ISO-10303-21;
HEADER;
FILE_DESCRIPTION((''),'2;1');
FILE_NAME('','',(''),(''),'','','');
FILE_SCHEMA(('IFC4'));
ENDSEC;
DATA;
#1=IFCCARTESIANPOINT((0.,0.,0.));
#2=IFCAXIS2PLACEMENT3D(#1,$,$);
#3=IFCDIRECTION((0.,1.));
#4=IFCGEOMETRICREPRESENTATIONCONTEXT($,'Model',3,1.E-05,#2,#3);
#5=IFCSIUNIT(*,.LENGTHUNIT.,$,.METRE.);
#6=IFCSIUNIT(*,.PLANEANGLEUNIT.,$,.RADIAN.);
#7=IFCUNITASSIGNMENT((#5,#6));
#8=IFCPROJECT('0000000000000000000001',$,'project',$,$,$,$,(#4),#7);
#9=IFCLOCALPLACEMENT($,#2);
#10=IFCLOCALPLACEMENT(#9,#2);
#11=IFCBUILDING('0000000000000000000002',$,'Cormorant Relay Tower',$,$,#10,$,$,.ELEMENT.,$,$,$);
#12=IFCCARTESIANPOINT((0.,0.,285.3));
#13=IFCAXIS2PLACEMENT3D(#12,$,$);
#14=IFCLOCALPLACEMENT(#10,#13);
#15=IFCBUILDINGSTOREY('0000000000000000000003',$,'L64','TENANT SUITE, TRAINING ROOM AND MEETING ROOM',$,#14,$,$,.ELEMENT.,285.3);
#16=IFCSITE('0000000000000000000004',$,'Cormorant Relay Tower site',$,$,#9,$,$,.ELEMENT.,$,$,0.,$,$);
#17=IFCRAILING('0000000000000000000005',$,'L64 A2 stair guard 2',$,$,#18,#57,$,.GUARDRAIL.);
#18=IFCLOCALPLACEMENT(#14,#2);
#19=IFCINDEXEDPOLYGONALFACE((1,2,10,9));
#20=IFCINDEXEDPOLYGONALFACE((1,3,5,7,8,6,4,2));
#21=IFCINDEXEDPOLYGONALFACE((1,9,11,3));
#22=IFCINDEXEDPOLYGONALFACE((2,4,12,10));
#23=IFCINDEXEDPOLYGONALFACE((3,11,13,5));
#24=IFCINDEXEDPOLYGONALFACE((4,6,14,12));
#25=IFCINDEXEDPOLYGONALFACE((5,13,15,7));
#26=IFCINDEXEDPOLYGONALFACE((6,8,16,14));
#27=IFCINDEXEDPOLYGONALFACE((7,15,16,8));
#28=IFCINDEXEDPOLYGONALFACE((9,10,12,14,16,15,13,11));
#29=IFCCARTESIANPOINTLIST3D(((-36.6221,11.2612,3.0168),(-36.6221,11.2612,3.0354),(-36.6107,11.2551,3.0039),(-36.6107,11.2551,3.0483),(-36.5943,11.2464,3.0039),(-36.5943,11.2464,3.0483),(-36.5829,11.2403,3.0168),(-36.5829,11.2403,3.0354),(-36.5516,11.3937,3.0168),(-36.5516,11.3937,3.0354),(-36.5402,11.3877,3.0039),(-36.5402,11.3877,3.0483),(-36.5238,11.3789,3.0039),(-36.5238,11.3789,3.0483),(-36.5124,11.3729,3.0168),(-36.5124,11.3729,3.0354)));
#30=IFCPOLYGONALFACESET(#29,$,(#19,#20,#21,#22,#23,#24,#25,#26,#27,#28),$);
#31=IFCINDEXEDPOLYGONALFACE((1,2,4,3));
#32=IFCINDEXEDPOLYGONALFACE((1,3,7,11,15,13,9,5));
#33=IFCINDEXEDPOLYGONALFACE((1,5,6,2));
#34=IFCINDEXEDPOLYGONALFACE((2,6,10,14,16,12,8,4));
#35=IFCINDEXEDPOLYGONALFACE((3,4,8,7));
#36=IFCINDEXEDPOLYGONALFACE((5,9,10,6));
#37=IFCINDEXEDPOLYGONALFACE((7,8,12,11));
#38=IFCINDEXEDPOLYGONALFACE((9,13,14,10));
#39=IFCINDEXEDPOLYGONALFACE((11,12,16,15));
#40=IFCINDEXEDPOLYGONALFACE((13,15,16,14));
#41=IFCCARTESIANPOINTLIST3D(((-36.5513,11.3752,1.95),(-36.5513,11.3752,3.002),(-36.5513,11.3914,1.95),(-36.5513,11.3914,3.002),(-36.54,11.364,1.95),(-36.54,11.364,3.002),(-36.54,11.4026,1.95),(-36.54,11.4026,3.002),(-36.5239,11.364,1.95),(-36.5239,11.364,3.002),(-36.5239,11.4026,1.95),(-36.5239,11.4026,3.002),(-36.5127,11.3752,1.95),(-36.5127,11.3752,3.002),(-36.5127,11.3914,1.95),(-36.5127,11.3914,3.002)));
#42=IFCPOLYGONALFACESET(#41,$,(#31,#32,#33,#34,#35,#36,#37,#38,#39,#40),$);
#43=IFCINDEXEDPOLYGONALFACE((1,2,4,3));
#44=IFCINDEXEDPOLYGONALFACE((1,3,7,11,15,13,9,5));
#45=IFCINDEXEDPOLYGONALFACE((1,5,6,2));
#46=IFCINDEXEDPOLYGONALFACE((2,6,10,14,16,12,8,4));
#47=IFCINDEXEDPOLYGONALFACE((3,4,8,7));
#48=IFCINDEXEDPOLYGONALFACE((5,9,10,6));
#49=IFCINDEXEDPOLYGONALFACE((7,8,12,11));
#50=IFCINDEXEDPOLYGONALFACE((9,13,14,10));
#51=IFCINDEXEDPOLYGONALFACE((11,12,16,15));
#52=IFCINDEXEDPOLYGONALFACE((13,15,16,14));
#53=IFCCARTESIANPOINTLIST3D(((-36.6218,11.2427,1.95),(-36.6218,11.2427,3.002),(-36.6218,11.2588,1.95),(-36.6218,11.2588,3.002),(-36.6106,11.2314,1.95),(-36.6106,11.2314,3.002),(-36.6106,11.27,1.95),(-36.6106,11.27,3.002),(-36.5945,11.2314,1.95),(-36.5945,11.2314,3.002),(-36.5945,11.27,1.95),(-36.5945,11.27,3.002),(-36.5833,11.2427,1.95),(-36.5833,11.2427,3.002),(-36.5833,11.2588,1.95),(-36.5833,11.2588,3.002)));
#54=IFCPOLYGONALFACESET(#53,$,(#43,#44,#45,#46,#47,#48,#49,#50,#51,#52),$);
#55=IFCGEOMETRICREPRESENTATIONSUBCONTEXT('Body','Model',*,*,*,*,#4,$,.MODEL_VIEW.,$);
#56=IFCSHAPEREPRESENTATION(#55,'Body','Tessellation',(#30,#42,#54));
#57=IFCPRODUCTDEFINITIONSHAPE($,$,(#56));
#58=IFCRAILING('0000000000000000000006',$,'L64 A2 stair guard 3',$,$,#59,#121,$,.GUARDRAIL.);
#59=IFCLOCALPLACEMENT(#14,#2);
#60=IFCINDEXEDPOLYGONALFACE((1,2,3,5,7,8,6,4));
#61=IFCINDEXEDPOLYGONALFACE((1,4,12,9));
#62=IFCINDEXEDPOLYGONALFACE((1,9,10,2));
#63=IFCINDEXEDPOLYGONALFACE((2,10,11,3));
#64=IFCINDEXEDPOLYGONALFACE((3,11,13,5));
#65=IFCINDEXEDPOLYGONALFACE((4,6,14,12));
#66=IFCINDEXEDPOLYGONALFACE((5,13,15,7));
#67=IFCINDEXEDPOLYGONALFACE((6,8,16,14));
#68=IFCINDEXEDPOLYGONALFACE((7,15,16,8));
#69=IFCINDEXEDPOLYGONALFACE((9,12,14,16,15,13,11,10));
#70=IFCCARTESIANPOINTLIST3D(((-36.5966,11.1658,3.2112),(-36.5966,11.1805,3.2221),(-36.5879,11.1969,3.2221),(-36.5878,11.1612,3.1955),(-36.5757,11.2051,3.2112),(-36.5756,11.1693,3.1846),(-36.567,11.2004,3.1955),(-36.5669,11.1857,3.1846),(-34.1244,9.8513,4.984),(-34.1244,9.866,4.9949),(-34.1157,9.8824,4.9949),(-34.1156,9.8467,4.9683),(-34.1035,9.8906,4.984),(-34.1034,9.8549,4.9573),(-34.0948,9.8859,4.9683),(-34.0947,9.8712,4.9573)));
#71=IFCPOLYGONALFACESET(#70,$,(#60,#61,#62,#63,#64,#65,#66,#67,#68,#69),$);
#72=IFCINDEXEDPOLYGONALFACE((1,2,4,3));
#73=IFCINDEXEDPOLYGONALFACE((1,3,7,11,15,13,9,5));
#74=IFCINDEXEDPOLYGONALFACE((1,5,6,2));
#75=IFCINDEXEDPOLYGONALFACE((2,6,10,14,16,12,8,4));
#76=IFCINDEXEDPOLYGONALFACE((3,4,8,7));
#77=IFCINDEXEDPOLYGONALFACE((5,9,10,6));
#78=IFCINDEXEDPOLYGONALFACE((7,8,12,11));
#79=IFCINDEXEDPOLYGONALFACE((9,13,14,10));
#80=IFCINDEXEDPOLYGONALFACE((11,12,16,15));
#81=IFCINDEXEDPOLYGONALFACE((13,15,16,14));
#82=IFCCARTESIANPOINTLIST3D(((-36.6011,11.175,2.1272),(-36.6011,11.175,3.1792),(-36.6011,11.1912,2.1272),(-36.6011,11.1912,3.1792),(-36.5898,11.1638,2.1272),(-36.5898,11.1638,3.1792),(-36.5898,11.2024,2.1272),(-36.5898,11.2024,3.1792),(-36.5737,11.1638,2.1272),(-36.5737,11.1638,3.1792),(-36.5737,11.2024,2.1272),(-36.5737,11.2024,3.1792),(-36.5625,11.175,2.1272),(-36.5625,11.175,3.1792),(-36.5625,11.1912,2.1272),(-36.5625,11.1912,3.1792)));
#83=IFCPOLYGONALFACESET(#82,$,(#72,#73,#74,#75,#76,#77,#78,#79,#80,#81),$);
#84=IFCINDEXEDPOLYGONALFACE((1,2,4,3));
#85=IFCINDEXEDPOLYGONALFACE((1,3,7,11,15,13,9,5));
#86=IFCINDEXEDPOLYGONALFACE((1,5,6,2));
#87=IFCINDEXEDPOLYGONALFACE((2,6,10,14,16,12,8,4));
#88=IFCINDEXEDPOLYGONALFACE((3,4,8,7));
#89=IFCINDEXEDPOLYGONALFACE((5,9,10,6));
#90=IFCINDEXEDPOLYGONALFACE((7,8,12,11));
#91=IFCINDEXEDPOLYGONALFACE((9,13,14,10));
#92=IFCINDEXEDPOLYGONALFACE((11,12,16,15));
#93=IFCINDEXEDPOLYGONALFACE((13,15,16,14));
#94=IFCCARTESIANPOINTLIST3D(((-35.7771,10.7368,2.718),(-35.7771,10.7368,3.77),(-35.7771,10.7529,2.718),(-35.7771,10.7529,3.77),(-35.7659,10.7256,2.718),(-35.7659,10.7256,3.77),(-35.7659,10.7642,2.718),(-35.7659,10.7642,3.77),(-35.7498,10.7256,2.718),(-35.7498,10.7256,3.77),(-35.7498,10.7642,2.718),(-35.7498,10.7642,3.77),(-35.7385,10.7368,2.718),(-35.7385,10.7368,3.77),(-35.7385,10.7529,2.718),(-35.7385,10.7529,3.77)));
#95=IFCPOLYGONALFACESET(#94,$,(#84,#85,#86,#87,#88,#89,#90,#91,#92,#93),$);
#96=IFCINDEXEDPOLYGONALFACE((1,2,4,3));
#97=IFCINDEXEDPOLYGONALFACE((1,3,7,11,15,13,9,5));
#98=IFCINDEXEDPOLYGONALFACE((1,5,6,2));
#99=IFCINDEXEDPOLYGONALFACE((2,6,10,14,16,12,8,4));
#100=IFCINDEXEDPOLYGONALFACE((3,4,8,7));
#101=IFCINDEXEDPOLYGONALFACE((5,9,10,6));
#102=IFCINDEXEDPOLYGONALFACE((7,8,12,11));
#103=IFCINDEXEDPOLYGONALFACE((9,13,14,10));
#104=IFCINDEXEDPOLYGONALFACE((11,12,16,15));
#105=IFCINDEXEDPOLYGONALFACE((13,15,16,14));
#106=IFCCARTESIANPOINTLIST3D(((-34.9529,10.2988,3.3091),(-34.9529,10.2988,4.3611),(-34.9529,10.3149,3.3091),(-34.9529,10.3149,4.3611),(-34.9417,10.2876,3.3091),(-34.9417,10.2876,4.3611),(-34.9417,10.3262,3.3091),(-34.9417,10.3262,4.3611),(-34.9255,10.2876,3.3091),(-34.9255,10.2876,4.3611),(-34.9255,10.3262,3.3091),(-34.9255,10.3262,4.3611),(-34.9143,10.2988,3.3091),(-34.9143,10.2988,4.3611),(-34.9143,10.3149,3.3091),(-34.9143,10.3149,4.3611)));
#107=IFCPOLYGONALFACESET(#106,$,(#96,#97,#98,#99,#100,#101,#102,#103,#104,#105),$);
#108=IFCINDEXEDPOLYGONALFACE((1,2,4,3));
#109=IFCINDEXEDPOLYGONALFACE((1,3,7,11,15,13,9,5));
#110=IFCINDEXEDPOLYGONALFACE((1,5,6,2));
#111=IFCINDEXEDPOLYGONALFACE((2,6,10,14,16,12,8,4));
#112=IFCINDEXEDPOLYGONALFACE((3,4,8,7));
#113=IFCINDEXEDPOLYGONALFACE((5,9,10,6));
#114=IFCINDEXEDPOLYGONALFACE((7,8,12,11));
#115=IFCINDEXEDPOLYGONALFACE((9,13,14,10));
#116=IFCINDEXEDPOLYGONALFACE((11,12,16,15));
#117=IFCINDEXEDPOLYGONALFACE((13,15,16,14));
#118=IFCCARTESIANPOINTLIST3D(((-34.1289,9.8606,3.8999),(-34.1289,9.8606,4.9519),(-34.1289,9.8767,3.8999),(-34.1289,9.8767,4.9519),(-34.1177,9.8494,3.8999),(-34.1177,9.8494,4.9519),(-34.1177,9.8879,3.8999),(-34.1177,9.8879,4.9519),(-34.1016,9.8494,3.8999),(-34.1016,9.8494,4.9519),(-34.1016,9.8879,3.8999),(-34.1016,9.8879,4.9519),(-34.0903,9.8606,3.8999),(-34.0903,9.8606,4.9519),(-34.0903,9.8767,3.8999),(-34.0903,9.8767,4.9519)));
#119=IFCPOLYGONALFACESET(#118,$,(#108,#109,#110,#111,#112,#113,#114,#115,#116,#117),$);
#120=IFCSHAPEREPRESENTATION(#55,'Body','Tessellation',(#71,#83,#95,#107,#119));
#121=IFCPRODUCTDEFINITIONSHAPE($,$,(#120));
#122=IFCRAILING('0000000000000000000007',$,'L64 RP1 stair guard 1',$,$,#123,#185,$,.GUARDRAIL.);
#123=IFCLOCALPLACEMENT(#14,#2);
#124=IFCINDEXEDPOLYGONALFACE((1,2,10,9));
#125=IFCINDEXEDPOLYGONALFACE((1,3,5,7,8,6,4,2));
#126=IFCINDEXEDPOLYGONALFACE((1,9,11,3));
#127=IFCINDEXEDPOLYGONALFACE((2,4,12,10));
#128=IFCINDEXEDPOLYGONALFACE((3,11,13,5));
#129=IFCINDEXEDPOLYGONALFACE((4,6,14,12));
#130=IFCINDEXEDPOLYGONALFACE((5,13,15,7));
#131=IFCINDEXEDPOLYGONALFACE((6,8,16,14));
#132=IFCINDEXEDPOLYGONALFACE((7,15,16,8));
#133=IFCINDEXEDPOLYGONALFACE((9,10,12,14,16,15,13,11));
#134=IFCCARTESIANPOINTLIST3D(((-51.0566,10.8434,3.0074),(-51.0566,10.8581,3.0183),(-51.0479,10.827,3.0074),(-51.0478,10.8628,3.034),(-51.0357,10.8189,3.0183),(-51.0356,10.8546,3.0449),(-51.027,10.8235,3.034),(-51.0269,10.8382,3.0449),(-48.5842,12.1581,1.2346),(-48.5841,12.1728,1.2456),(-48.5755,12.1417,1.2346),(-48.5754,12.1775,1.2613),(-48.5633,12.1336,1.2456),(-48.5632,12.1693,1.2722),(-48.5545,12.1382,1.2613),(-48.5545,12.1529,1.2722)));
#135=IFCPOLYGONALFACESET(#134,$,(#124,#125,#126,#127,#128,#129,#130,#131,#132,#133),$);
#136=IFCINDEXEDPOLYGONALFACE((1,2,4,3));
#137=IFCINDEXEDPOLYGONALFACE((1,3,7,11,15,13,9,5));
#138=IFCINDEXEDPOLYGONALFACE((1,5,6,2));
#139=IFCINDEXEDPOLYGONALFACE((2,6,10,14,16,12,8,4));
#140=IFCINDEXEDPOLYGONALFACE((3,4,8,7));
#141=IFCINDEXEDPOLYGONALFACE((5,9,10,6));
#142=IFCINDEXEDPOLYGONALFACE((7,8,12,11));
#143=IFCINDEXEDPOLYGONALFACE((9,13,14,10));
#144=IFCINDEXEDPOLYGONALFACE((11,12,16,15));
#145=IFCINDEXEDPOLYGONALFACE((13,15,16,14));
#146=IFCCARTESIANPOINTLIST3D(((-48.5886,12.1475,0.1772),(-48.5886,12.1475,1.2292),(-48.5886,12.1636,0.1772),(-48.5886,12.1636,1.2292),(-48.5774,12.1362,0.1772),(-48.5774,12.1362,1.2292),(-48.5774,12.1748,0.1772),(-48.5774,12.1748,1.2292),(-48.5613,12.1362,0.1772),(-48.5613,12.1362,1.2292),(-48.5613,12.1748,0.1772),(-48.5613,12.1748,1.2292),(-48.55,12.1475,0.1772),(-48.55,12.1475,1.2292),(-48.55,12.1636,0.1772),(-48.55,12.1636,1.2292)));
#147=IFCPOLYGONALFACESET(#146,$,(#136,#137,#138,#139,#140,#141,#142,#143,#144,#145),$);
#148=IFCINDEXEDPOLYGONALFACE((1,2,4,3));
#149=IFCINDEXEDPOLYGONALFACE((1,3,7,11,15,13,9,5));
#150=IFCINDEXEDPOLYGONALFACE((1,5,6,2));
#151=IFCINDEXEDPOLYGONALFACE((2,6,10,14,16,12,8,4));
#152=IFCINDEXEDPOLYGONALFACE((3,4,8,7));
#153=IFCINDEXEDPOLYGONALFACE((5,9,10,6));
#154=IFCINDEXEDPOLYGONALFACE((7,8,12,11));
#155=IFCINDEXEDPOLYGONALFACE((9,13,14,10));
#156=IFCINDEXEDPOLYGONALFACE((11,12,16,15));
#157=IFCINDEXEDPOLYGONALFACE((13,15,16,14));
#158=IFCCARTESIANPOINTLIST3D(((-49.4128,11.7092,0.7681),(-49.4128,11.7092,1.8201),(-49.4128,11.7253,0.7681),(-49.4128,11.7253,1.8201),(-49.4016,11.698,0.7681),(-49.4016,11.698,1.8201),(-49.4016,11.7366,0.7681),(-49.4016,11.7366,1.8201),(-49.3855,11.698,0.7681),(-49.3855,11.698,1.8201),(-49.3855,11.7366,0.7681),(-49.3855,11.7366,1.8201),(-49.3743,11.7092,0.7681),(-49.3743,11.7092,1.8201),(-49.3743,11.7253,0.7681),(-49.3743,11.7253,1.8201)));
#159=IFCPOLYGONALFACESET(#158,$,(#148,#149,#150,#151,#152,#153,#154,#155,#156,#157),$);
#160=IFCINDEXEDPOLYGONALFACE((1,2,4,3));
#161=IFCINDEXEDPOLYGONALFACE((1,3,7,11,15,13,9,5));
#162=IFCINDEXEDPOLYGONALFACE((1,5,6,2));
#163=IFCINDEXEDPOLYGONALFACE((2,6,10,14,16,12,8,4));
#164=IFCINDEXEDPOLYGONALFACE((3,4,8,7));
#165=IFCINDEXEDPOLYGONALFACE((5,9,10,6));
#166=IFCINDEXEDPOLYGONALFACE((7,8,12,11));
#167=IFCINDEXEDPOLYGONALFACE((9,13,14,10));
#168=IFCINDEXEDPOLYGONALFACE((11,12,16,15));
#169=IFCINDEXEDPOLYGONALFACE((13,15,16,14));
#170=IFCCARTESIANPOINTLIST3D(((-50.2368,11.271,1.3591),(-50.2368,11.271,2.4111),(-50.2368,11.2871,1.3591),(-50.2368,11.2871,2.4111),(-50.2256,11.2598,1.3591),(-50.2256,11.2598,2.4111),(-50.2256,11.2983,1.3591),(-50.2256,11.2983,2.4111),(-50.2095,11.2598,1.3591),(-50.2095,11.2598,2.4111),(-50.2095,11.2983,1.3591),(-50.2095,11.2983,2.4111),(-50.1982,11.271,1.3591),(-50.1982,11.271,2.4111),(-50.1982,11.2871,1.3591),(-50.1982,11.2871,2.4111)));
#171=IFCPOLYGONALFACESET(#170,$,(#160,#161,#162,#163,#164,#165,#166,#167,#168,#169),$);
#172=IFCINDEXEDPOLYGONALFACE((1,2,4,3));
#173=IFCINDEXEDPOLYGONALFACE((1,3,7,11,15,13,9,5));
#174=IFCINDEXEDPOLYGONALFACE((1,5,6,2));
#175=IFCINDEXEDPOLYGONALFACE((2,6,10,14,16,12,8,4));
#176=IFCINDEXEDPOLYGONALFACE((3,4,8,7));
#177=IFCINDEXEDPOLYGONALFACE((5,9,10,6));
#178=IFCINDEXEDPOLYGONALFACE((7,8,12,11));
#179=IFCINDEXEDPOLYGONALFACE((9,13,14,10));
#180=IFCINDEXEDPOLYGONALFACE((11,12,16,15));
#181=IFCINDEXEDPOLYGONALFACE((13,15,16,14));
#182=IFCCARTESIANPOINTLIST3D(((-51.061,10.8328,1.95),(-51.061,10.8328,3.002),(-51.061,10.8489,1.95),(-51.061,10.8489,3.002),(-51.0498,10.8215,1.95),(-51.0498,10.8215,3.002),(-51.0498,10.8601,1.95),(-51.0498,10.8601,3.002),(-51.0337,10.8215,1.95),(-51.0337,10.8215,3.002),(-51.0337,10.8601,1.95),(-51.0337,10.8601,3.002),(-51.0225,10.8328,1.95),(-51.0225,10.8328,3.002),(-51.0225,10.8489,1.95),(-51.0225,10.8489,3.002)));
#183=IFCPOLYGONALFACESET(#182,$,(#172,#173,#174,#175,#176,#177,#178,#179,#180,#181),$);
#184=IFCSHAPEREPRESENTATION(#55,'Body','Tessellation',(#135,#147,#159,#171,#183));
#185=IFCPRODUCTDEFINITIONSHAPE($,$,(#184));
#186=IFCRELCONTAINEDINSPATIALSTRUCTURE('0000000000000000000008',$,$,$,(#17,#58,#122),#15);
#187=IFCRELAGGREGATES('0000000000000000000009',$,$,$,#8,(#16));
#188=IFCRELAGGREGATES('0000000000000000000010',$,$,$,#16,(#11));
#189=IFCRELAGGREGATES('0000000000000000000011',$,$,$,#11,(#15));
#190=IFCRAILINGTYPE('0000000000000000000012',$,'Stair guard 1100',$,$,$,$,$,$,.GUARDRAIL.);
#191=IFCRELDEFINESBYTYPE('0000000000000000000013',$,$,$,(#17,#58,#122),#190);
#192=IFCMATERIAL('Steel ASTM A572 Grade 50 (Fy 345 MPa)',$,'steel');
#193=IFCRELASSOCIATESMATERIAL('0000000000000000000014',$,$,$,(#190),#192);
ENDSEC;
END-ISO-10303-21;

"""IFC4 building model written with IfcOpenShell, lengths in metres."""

from ifc_helpers import new_model, si_unit, direction, frame, origin, place, context, subcontext, project, spatial, polyline, outline, extrude, material, type_object, element, save


model = new_model("IFC4")

# Units and contexts
model_context = context("Model", 3, precision=1e-05, world=origin(), true_north=direction((0.0, 1.0)))
body_context = subcontext(model_context, "Body", "Model", "MODEL_VIEW")
ifc_project = project(units=[si_unit("LENGTHUNIT", "METRE"), si_unit("PLANEANGLEUNIT", "RADIAN")], contexts=[model_context])

# Site, building, storey
site_placement = place(None, origin())
site = spatial("IfcSite", under=ifc_project, at=site_placement, Name="Cormorant Relay Tower site", CompositionType="ELEMENT", RefElevation=0.0)
building_placement = place(site_placement, origin())
building = spatial("IfcBuilding", under=site, at=building_placement, Name="Cormorant Relay Tower", CompositionType="ELEMENT")
storey_placement = place(building_placement, frame((0.0, 0.0, 285.3)))
storey = spatial("IfcBuildingStorey", under=building, at=storey_placement, Name="L64", Description="TENANT SUITE, TRAINING ROOM AND MEETING ROOM", CompositionType="ELEMENT", Elevation=285.3)

# Railings
ifc_material_1 = material(Name="Steel ASTM A572 Grade 50 (Fy 345 MPa)", Category="steel")
railing_type_1 = type_object("IfcRailingType", Name="Stair guard 1100", PredefinedType="GUARDRAIL", material=ifc_material_1)
railing_1_placement = place(storey_placement, frame((-36.532, 11.3833, 1.95)))
element("IfcRailing", 1, at=railing_1_placement, inside=storey, type_object=railing_type_1, Name="L64 A2 stair guard 2", PredefinedType="GUARDRAIL", context=body_context, shape_type="SweptSolid", body=[
    extrude(outline(polyline([(0.0222, 0.0093), (0.0093, 0.0222), (-0.0093, 0.0222), (-0.0222, 0.0093), (-0.0222, -0.0093), (-0.0093, -0.0222), (0.0093, -0.0222), (0.0222, -0.0093), (0.0222, 0.0093)])), frame((0.0, 0.0, 1.0762), z_axis=(-0.469829, -0.882758, 0.0), x_axis=(0.882758, -0.469829, 0.0)), (0.0, 0.0, 1.0), 0.1501),
    extrude(outline(polyline([(0.0193, 0.0081), (0.0081, 0.0193), (-0.0081, 0.0193), (-0.0193, 0.0081), (-0.0193, -0.0081), (-0.0081, -0.0193), (0.0081, -0.0193), (0.0193, -0.0081), (0.0193, 0.0081)])), origin(), (0.0, 0.0, 1.0), 1.052),
    extrude(outline(polyline([(0.0193, 0.0081), (0.0081, 0.0193), (-0.0081, 0.0193), (-0.0193, 0.0081), (-0.0193, -0.0081), (-0.0081, -0.0193), (0.0081, -0.0193), (0.0193, -0.0081), (0.0193, 0.0081)])), frame((-0.0706, -0.1326, 0.0)), (0.0, 0.0, 1.0), 1.052),
])
railing_2_placement = place(storey_placement, frame((-36.5818, 11.1831, 2.1272)))
element("IfcRailing", 2, at=railing_2_placement, inside=storey, type_object=railing_type_1, Name="L64 A2 stair guard 3", PredefinedType="GUARDRAIL", context=body_context, shape_type="SweptSolid", body=[
    extrude(outline(polyline([(0.0222, 0.0093), (0.0093, 0.0222), (-0.0093, 0.0222), (-0.0222, 0.0093), (-0.0222, -0.0093), (-0.0093, -0.0222), (0.0093, -0.0222), (0.0222, -0.0093), (0.0222, 0.0093)])), frame((0.0, 0.0, 1.0762), z_axis=(0.746001, -0.396649, 0.534931), x_axis=(0.469465, 0.882951, 0.0)), (0.0, 0.0, 1.0), 3.314),
    extrude(outline(polyline([(0.0193, 0.0081), (0.0081, 0.0193), (-0.0081, 0.0193), (-0.0193, 0.0081), (-0.0193, -0.0081), (-0.0081, -0.0193), (0.0081, -0.0193), (0.0193, -0.0081), (0.0193, 0.0081)])), origin(), (0.0, 0.0, 1.0), 1.052),
    extrude(outline(polyline([(0.0193, 0.0081), (0.0081, 0.0193), (-0.0081, 0.0193), (-0.0193, 0.0081), (-0.0193, -0.0081), (-0.0081, -0.0193), (0.0081, -0.0193), (0.0193, -0.0081), (0.0193, 0.0081)])), frame((0.824, -0.4382, 0.5908)), (0.0, 0.0, 1.0), 1.052),
    extrude(outline(polyline([(0.0193, 0.0081), (0.0081, 0.0193), (-0.0081, 0.0193), (-0.0193, 0.0081), (-0.0193, -0.0081), (-0.0081, -0.0193), (0.0081, -0.0193), (0.0193, -0.0081), (0.0193, 0.0081)])), frame((1.6482, -0.8762, 1.1819)), (0.0, 0.0, 1.0), 1.052),
    extrude(outline(polyline([(0.0193, 0.0081), (0.0081, 0.0193), (-0.0081, 0.0193), (-0.0193, 0.0081), (-0.0193, -0.0081), (-0.0081, -0.0193), (0.0081, -0.0193), (0.0193, -0.0081), (0.0193, 0.0081)])), frame((2.4722, -1.3145, 1.7727)), (0.0, 0.0, 1.0), 1.052),
])
railing_3_placement = place(storey_placement, frame((-48.5693, 12.1555, 0.1772)))
element("IfcRailing", 3, at=railing_3_placement, inside=storey, type_object=railing_type_1, Name="L64 RP1 stair guard 1", PredefinedType="GUARDRAIL", context=body_context, shape_type="SweptSolid", body=[
    extrude(outline(polyline([(0.0222, 0.0093), (0.0093, 0.0222), (-0.0093, 0.0222), (-0.0222, 0.0093), (-0.0222, -0.0093), (-0.0093, -0.0222), (0.0093, -0.0222), (0.0222, -0.0093), (0.0222, 0.0093)])), frame((0.0, 0.0, 1.0762), z_axis=(-0.746012, -0.39669, 0.534886), x_axis=(0.469497, -0.882934, 0.0)), (0.0, 0.0, 1.0), 3.3142),
    extrude(outline(polyline([(0.0193, 0.0081), (0.0081, 0.0193), (-0.0081, 0.0193), (-0.0193, 0.0081), (-0.0193, -0.0081), (-0.0081, -0.0193), (0.0081, -0.0193), (0.0193, -0.0081), (0.0193, 0.0081)])), origin(), (0.0, 0.0, 1.0), 1.052),
    extrude(outline(polyline([(0.0193, 0.0081), (0.0081, 0.0193), (-0.0081, 0.0193), (-0.0193, 0.0081), (-0.0193, -0.0081), (-0.0081, -0.0193), (0.0081, -0.0193), (0.0193, -0.0081), (0.0193, 0.0081)])), frame((-0.8242, -0.4382, 0.5908)), (0.0, 0.0, 1.0), 1.052),
    extrude(outline(polyline([(0.0193, 0.0081), (0.0081, 0.0193), (-0.0081, 0.0193), (-0.0193, 0.0081), (-0.0193, -0.0081), (-0.0081, -0.0193), (0.0081, -0.0193), (0.0193, -0.0081), (0.0193, 0.0081)])), frame((-1.6482, -0.8765, 1.1819)), (0.0, 0.0, 1.0), 1.052),
    extrude(outline(polyline([(0.0193, 0.0081), (0.0081, 0.0193), (-0.0081, 0.0193), (-0.0193, 0.0081), (-0.0193, -0.0081), (-0.0081, -0.0193), (0.0081, -0.0193), (0.0193, -0.0081), (0.0193, 0.0081)])), frame((-2.4724, -1.3147, 1.7727)), (0.0, 0.0, 1.0), 1.052),
])

save(model, "model.ifc")
